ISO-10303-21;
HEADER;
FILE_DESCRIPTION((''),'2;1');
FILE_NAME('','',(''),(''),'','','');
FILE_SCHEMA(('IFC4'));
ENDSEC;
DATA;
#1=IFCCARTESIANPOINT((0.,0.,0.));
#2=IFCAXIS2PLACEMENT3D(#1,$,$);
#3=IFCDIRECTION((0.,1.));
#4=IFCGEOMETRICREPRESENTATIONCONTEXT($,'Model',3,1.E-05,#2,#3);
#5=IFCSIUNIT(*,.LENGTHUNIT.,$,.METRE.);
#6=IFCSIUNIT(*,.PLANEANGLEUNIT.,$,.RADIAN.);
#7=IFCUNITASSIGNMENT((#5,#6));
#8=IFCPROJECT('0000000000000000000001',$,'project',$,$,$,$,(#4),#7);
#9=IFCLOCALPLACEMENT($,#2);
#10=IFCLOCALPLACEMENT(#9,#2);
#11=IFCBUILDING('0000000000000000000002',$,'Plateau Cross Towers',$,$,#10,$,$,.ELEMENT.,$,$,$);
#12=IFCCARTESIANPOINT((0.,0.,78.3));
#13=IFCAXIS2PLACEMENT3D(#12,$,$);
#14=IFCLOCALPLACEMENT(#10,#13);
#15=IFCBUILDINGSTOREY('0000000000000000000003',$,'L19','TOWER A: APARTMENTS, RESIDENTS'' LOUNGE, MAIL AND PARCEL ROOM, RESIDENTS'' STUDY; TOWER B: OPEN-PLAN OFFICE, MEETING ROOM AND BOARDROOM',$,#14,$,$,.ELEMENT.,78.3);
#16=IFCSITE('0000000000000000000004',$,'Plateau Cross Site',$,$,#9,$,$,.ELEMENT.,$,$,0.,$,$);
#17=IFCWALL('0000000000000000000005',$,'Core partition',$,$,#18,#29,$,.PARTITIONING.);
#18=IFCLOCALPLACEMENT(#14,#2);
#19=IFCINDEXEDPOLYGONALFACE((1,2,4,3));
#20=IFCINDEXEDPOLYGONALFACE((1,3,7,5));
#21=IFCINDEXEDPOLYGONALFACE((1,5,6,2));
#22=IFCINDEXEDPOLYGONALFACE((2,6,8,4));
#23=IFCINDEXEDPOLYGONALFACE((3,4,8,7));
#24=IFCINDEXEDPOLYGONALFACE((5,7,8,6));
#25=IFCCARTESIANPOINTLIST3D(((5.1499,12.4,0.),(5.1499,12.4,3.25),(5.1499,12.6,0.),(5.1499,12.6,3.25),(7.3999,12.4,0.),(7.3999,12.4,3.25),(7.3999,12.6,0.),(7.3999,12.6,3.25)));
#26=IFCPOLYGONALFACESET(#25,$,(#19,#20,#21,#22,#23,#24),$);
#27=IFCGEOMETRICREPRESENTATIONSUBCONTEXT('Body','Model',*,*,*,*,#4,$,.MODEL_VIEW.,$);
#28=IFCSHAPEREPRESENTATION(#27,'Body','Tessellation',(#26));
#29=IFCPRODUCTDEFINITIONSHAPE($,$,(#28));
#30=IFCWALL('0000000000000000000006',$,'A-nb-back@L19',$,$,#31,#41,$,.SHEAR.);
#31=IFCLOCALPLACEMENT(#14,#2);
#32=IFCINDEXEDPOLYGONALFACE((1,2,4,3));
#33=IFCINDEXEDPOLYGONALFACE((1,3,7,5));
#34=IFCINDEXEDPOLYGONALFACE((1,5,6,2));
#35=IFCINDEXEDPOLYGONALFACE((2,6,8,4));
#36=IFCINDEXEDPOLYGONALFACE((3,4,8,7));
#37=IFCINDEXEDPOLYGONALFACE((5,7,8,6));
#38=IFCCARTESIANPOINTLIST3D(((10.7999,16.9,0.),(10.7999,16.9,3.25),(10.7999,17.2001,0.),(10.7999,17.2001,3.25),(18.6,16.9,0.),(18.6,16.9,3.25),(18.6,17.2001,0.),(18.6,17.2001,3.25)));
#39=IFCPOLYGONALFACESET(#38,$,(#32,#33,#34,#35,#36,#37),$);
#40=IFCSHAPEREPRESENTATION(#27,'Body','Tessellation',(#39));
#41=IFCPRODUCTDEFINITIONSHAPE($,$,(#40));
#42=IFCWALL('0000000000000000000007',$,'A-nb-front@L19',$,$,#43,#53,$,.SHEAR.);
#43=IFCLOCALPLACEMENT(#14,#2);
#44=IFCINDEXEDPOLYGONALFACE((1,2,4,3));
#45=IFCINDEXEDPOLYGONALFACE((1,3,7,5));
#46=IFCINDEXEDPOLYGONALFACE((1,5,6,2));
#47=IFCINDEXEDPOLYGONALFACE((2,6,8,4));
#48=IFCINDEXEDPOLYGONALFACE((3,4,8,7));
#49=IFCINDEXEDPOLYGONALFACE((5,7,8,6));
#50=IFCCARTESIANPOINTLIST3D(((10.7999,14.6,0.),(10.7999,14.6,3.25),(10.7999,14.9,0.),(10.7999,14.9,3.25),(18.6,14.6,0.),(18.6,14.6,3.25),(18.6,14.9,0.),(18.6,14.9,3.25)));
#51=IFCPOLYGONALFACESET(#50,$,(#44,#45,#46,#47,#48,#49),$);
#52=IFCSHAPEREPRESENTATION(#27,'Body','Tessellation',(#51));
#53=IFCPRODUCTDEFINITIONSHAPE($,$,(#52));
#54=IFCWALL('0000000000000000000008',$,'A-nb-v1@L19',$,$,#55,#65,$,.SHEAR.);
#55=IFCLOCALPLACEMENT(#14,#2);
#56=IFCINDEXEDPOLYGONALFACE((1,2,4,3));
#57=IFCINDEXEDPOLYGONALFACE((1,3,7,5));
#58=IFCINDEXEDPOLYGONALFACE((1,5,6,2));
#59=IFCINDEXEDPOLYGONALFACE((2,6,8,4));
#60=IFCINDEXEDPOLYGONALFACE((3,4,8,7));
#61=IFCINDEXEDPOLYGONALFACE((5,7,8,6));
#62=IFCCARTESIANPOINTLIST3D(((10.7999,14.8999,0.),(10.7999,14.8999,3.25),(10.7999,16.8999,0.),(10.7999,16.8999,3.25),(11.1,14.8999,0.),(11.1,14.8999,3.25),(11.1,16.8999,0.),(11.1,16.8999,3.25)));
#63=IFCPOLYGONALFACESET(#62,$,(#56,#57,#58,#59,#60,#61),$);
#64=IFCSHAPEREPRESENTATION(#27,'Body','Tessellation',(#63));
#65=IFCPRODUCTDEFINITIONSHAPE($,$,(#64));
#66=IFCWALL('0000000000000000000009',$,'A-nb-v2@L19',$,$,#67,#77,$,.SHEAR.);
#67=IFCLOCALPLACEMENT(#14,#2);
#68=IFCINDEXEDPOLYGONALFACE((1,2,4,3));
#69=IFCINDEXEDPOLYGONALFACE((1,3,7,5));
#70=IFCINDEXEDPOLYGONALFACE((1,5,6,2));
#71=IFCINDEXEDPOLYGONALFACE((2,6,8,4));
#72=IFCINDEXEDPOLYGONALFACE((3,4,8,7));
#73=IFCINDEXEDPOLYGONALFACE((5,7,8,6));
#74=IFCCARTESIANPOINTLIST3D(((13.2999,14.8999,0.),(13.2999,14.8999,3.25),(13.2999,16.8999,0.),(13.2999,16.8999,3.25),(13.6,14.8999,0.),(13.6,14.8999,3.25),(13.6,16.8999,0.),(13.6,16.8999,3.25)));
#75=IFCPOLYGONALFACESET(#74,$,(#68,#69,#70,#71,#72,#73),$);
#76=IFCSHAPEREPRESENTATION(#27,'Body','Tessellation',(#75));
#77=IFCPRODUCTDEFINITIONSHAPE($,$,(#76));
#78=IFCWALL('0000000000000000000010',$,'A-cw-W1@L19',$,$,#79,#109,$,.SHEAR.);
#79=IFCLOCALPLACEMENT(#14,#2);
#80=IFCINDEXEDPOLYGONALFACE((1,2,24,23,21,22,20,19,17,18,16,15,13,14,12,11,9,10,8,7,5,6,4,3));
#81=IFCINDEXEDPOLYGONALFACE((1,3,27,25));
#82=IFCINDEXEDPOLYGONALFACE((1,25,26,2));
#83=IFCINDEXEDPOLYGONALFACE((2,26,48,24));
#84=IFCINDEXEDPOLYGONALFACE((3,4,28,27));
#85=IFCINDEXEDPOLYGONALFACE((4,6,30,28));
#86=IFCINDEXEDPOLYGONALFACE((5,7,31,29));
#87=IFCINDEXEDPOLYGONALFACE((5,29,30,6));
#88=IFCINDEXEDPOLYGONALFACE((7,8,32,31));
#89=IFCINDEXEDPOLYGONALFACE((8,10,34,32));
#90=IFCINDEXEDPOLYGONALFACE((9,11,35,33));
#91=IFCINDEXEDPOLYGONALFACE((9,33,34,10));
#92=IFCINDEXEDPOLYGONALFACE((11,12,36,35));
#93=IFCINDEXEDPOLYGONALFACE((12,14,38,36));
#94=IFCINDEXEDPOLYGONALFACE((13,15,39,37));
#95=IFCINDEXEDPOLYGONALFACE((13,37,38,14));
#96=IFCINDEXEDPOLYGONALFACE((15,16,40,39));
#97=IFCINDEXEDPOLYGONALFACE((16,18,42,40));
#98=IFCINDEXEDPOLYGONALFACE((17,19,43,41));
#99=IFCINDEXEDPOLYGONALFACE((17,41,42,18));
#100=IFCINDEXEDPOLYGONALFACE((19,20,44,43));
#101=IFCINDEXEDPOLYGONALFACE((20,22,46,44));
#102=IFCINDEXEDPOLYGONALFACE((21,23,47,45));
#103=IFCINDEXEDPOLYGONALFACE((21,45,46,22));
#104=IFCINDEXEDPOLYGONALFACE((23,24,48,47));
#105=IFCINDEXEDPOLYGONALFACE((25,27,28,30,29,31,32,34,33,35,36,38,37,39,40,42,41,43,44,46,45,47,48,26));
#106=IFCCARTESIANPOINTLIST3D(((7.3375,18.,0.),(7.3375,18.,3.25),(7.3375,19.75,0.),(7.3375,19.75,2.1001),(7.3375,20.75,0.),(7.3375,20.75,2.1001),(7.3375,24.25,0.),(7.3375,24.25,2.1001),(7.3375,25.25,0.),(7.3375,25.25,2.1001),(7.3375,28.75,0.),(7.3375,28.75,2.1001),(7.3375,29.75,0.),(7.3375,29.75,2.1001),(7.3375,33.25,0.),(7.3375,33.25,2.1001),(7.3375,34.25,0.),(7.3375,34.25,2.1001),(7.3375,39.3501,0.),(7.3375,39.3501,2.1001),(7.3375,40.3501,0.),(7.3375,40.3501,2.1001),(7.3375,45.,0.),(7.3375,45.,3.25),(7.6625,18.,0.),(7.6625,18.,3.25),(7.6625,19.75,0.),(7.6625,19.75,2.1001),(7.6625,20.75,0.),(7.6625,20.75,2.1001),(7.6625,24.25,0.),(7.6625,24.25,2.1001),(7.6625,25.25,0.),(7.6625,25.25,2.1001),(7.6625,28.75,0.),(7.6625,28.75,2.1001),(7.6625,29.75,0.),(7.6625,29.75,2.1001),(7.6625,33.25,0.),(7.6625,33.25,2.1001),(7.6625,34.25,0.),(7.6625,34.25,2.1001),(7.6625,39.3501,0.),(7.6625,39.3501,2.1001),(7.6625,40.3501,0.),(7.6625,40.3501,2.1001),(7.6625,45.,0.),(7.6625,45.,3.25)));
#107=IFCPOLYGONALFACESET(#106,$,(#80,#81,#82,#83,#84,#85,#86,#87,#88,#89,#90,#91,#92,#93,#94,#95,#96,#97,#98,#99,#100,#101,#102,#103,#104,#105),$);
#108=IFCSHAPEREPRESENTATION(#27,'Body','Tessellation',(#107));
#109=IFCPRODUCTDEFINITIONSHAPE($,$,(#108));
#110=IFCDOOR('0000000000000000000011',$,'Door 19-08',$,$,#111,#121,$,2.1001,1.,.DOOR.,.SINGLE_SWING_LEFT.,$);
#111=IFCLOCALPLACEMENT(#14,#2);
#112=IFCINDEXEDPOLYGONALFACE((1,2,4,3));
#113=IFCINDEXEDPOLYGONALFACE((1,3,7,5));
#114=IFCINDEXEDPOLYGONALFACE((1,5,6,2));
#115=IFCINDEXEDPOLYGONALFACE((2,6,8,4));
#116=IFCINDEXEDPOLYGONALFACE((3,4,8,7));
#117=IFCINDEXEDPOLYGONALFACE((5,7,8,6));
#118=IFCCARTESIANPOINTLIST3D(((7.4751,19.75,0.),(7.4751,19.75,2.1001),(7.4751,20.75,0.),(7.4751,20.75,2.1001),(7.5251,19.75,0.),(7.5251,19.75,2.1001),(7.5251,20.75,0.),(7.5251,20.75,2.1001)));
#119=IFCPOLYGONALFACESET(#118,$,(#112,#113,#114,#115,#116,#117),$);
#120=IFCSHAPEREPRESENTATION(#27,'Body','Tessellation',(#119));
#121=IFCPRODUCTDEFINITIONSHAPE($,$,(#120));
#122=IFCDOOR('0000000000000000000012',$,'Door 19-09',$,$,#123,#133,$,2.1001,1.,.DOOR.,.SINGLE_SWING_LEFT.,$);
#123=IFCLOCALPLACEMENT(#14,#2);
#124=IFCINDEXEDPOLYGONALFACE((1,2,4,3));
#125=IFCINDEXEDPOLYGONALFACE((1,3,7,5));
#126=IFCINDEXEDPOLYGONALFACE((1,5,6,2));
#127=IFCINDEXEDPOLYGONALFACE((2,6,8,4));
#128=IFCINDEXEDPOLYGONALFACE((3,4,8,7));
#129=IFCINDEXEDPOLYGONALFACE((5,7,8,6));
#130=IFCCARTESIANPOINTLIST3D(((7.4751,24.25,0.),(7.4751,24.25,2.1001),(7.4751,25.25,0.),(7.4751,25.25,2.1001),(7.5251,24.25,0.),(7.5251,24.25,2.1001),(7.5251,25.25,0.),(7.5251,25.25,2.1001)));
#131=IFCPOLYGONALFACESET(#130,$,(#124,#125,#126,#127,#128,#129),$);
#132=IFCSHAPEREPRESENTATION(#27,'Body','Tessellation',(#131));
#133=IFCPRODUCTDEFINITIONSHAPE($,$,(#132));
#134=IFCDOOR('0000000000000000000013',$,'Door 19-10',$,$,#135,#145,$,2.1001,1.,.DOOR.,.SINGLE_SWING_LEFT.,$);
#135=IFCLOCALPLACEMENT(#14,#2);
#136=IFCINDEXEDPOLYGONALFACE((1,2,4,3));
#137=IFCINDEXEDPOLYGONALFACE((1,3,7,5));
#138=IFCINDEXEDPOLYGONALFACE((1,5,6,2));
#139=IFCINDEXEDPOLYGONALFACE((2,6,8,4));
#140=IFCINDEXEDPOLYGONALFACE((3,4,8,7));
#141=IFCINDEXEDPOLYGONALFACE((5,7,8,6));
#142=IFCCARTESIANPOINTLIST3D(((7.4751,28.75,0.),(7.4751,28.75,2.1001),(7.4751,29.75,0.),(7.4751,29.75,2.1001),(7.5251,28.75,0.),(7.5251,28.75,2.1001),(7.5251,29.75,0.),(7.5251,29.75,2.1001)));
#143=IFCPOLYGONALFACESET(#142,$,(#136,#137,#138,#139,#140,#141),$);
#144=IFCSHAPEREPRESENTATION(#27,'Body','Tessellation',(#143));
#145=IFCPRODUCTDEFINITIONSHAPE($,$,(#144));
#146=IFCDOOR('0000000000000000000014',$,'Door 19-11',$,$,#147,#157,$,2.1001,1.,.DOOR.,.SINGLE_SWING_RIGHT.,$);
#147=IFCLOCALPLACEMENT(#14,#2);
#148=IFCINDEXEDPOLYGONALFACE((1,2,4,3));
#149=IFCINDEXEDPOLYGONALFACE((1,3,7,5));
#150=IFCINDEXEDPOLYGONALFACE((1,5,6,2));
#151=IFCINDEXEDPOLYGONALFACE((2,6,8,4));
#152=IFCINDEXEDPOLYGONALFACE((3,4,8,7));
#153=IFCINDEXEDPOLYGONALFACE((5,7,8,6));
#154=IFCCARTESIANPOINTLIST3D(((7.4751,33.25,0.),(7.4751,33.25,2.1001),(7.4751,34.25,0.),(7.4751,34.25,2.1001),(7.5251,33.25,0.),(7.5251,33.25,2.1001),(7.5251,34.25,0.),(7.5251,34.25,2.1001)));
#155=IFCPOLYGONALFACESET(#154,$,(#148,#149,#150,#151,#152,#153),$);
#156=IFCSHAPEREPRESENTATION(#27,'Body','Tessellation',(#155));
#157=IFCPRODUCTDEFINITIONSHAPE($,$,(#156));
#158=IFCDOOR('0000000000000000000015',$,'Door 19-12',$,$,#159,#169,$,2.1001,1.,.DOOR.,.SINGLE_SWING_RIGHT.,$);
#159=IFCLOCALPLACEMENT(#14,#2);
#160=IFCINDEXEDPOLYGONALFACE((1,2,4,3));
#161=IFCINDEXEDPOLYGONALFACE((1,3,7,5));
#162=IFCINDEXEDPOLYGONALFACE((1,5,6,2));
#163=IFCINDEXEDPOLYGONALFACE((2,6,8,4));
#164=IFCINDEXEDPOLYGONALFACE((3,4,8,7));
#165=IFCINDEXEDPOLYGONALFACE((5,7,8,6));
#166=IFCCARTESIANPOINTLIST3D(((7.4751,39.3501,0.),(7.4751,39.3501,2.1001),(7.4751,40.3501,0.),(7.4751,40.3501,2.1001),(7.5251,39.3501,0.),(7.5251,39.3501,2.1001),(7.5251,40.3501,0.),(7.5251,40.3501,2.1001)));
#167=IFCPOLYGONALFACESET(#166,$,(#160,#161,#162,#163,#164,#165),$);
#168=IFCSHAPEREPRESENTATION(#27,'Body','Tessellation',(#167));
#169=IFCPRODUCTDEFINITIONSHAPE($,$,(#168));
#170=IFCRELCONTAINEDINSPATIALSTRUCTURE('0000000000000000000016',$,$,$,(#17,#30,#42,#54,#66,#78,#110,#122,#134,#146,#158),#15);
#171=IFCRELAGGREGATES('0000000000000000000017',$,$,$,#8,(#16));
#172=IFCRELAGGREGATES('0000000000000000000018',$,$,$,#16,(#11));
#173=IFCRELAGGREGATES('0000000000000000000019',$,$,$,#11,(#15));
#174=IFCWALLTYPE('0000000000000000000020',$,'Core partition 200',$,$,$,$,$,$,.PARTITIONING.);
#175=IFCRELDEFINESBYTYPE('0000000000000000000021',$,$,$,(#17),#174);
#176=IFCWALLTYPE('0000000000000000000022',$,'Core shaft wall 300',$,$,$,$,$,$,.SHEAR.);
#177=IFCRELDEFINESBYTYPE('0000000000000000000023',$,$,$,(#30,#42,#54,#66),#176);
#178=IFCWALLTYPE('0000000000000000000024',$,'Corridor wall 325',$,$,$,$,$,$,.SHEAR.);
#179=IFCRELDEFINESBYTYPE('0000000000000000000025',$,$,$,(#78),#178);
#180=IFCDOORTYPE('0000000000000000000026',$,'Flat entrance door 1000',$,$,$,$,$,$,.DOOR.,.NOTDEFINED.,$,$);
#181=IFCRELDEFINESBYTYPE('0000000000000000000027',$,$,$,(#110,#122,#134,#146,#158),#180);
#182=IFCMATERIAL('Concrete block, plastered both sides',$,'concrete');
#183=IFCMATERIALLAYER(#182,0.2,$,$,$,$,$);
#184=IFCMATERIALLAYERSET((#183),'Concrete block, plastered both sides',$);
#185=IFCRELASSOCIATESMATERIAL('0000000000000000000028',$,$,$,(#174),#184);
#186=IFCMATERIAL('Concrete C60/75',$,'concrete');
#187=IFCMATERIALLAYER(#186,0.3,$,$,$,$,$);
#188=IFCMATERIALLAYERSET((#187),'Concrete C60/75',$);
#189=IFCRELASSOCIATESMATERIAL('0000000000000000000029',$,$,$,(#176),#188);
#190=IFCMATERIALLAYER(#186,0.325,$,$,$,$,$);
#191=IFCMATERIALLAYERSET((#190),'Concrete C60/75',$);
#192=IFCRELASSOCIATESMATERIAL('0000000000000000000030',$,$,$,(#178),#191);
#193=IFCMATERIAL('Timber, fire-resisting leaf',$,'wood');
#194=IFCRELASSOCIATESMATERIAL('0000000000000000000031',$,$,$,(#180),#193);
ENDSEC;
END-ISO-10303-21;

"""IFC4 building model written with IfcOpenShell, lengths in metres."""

from ifc_helpers import new_model, si_unit, direction, frame, frame_2d, origin, place, context, subcontext, project, spatial, rectangle, extrude, material, layer, layer_set, type_object, element, fill, save


model = new_model("IFC4")

# Units and contexts
model_context = context("Model", 3, precision=1e-05, world=origin(), true_north=direction((0.0, 1.0)))
body_context = subcontext(model_context, "Body", "Model", "MODEL_VIEW")
ifc_project = project(units=[si_unit("LENGTHUNIT", "METRE"), si_unit("PLANEANGLEUNIT", "RADIAN")], contexts=[model_context])

# Site, building, storey
site_placement = place(None, origin())
site = spatial("IfcSite", under=ifc_project, at=site_placement, Name="Plateau Cross Site", CompositionType="ELEMENT", RefElevation=0.0)
building_placement = place(site_placement, origin())
building = spatial("IfcBuilding", under=site, at=building_placement, Name="Plateau Cross Towers", CompositionType="ELEMENT")
storey_placement = place(building_placement, frame((0.0, 0.0, 78.3)))
storey = spatial("IfcBuildingStorey", under=building, at=storey_placement, Name="L19", Description="TOWER A: APARTMENTS, RESIDENTS' LOUNGE, MAIL AND PARCEL ROOM, RESIDENTS' STUDY; TOWER B: OPEN-PLAN OFFICE, MEETING ROOM AND BOARDROOM", CompositionType="ELEMENT", Elevation=78.3)

# Walls
ifc_material_1 = material(Name="Concrete block, plastered both sides", Category="concrete")
ifc_layer_1 = layer(ifc_material_1, 0.2)
ifc_layer_set_1 = layer_set([ifc_layer_1], Name="Concrete block, plastered both sides")
wall_type_1 = type_object("IfcWallType", Name="Core partition 200", PredefinedType="PARTITIONING", material=ifc_layer_set_1)
wall_1_placement = place(storey_placement, frame((5.1499, 12.5, 0.0), z_axis=(0.0, 0.0, 1.0), x_axis=(1.0, 0.0, 0.0)))
element("IfcWall", 1, at=wall_1_placement, inside=storey, type_object=wall_type_1, Name="Core partition", PredefinedType="PARTITIONING", context=body_context, shape_type="SweptSolid", body=[
    extrude(rectangle(XDim=2.25, YDim=0.2, at=frame_2d((1.125, 0.0))), origin(), (0.0, 0.0, 1.0), 3.25),
])
ifc_material_2 = material(Name="Concrete C60/75", Category="concrete")
ifc_layer_2 = layer(ifc_material_2, 0.3)
ifc_layer_set_2 = layer_set([ifc_layer_2], Name="Concrete C60/75")
wall_type_2 = type_object("IfcWallType", Name="Core shaft wall 300", PredefinedType="SHEAR", material=ifc_layer_set_2)
for number, where, z_axis, x_axis, name in (
    (2, (10.8, 17.05, 0.0), (0.0, 0.0, 1.0), (1.0, 0.0, 0.0), "A-nb-back@L19"),
    (3, (10.8, 14.75, 0.0), (0.0, 0.0, 1.0), (1.0, 0.0, 0.0), "A-nb-front@L19"),
):
    element("IfcWall", number, at=place(storey_placement, frame(where, z_axis=z_axis, x_axis=x_axis)), inside=storey, type_object=wall_type_2, Name=name, PredefinedType="SHEAR", context=body_context, shape_type="SweptSolid", body=[
        extrude(rectangle(XDim=7.8, YDim=0.3, at=frame_2d((3.8999, 0.0))), origin(), (0.0, 0.0, 1.0), 3.25),
    ])
for number, where, z_axis, x_axis, name in (
    (4, (10.95, 14.8999, 0.0), (0.0, 0.0, 1.0), (0.0, 1.0, 0.0), "A-nb-v1@L19"),
    (5, (13.45, 14.8999, 0.0), (0.0, 0.0, 1.0), (0.0, 1.0, 0.0), "A-nb-v2@L19"),
):
    element("IfcWall", number, at=place(storey_placement, frame(where, z_axis=z_axis, x_axis=x_axis)), inside=storey, type_object=wall_type_2, Name=name, PredefinedType="SHEAR", context=body_context, shape_type="SweptSolid", body=[
        extrude(rectangle(XDim=2.0, YDim=0.3, at=frame_2d((1.0, 0.0))), origin(), (0.0, 0.0, 1.0), 3.25),
    ])

# Wall, openings, doors
ifc_layer_3 = layer(ifc_material_2, 0.325)
ifc_layer_set_3 = layer_set([ifc_layer_3], Name="Concrete C60/75")
wall_type_3 = type_object("IfcWallType", Name="Corridor wall 325", PredefinedType="SHEAR", material=ifc_layer_set_3)
wall_2_placement = place(storey_placement, frame((7.5, 18.0, 0.0), z_axis=(0.0, 0.0, 1.0), x_axis=(0.0, 1.0, 0.0)))
wall_2 = element("IfcWall", 6, at=wall_2_placement, inside=storey, type_object=wall_type_3, Name="A-cw-W1@L19", PredefinedType="SHEAR", context=body_context, shape_type="SweptSolid", body=[
    extrude(rectangle(XDim=27.0, YDim=0.325, at=frame_2d((13.5, 0.0))), origin(), (0.0, 0.0, 1.0), 3.25),
])
opening_1_placement = place(wall_2_placement, frame((1.75, 0.0, 0.0)))
opening_1 = element("IfcOpeningElement", 7, at=opening_1_placement, cuts=wall_2, PredefinedType="OPENING", context=body_context, shape_type="SweptSolid", body=[
    extrude(rectangle(XDim=1.0, YDim=2.1001, at=frame_2d((0.5, 1.05))), frame((0.0, 0.1724, 0.0), z_axis=(0.0, -1.0, 0.0), x_axis=(1.0, 0.0, 0.0)), (0.0, 0.0, 1.0), 0.345),
])
opening_2_placement = place(wall_2_placement, frame((6.25, 0.0, 0.0)))
opening_2 = element("IfcOpeningElement", 8, at=opening_2_placement, cuts=wall_2, PredefinedType="OPENING", context=body_context, shape_type="SweptSolid", body=[
    extrude(rectangle(XDim=1.0, YDim=2.1001, at=frame_2d((0.5, 1.05))), frame((0.0, 0.1724, 0.0), z_axis=(0.0, -1.0, 0.0), x_axis=(1.0, 0.0, 0.0)), (0.0, 0.0, 1.0), 0.345),
])
opening_3_placement = place(wall_2_placement, frame((10.75, 0.0, 0.0)))
opening_3 = element("IfcOpeningElement", 9, at=opening_3_placement, cuts=wall_2, PredefinedType="OPENING", context=body_context, shape_type="SweptSolid", body=[
    extrude(rectangle(XDim=1.0, YDim=2.1001, at=frame_2d((0.5, 1.05))), frame((0.0, 0.1724, 0.0), z_axis=(0.0, -1.0, 0.0), x_axis=(1.0, 0.0, 0.0)), (0.0, 0.0, 1.0), 0.345),
])
opening_4_placement = place(wall_2_placement, frame((15.25, 0.0, 0.0)))
opening_4 = element("IfcOpeningElement", 10, at=opening_4_placement, cuts=wall_2, PredefinedType="OPENING", context=body_context, shape_type="SweptSolid", body=[
    extrude(rectangle(XDim=1.0, YDim=2.1001, at=frame_2d((0.5, 1.05))), frame((0.0, 0.1724, 0.0), z_axis=(0.0, -1.0, 0.0), x_axis=(1.0, 0.0, 0.0)), (0.0, 0.0, 1.0), 0.345),
])
opening_5_placement = place(wall_2_placement, frame((21.3501, 0.0, 0.0)))
opening_5 = element("IfcOpeningElement", 11, at=opening_5_placement, cuts=wall_2, PredefinedType="OPENING", context=body_context, shape_type="SweptSolid", body=[
    extrude(rectangle(XDim=1.0, YDim=2.1001, at=frame_2d((0.5, 1.05))), frame((0.0, 0.1724, 0.0), z_axis=(0.0, -1.0, 0.0), x_axis=(1.0, 0.0, 0.0)), (0.0, 0.0, 1.0), 0.345),
])
ifc_material_3 = material(Name="Timber, fire-resisting leaf", Category="wood")
door_type_1 = type_object("IfcDoorType", Name="Flat entrance door 1000", OperationType="NOTDEFINED", PredefinedType="DOOR", material=ifc_material_3)
door_1_placement = place(opening_1_placement, origin())
door_1 = element("IfcDoor", 12, at=door_1_placement, inside=storey, type_object=door_type_1, Name="Door 19-08", OperationType="SINGLE_SWING_LEFT", OverallHeight=2.1001, OverallWidth=1.0, PredefinedType="DOOR", context=body_context, shape_type="SweptSolid", body=[
    extrude(rectangle(XDim=1.0, YDim=2.1001, at=frame_2d((0.5, 1.05))), frame((0.0, 0.0249, 0.0), z_axis=(0.0, -1.0, 0.0), x_axis=(1.0, 0.0, 0.0)), (0.0, 0.0, 1.0), 0.05),
])
fill(opening_1, door_1)
door_2_placement = place(opening_2_placement, origin())
door_2 = element("IfcDoor", 13, at=door_2_placement, inside=storey, type_object=door_type_1, Name="Door 19-09", OperationType="SINGLE_SWING_LEFT", OverallHeight=2.1001, OverallWidth=1.0, PredefinedType="DOOR", context=body_context, shape_type="SweptSolid", body=[
    extrude(rectangle(XDim=1.0, YDim=2.1001, at=frame_2d((0.5, 1.05))), frame((0.0, 0.0249, 0.0), z_axis=(0.0, -1.0, 0.0), x_axis=(1.0, 0.0, 0.0)), (0.0, 0.0, 1.0), 0.05),
])
fill(opening_2, door_2)
door_3_placement = place(opening_3_placement, origin())
door_3 = element("IfcDoor", 14, at=door_3_placement, inside=storey, type_object=door_type_1, Name="Door 19-10", OperationType="SINGLE_SWING_LEFT", OverallHeight=2.1001, OverallWidth=1.0, PredefinedType="DOOR", context=body_context, shape_type="SweptSolid", body=[
    extrude(rectangle(XDim=1.0, YDim=2.1001, at=frame_2d((0.5, 1.05))), frame((0.0, 0.0249, 0.0), z_axis=(0.0, -1.0, 0.0), x_axis=(1.0, 0.0, 0.0)), (0.0, 0.0, 1.0), 0.05),
])
fill(opening_3, door_3)
door_4_placement = place(opening_4_placement, origin())
door_4 = element("IfcDoor", 15, at=door_4_placement, inside=storey, type_object=door_type_1, Name="Door 19-11", OperationType="SINGLE_SWING_RIGHT", OverallHeight=2.1001, OverallWidth=1.0, PredefinedType="DOOR", context=body_context, shape_type="SweptSolid", body=[
    extrude(rectangle(XDim=1.0, YDim=2.1001, at=frame_2d((0.5, 1.05))), frame((0.0, 0.0249, 0.0), z_axis=(0.0, -1.0, 0.0), x_axis=(1.0, 0.0, 0.0)), (0.0, 0.0, 1.0), 0.05),
])
fill(opening_4, door_4)
door_5_placement = place(opening_5_placement, origin())
door_5 = element("IfcDoor", 16, at=door_5_placement, inside=storey, type_object=door_type_1, Name="Door 19-12", OperationType="SINGLE_SWING_RIGHT", OverallHeight=2.1001, OverallWidth=1.0, PredefinedType="DOOR", context=body_context, shape_type="SweptSolid", body=[
    extrude(rectangle(XDim=1.0, YDim=2.1001, at=frame_2d((0.5, 1.05))), frame((0.0, 0.0249, 0.0), z_axis=(0.0, -1.0, 0.0), x_axis=(1.0, 0.0, 0.0)), (0.0, 0.0, 1.0), 0.05),
])
fill(opening_5, door_5)

save(model, "model.ifc")
